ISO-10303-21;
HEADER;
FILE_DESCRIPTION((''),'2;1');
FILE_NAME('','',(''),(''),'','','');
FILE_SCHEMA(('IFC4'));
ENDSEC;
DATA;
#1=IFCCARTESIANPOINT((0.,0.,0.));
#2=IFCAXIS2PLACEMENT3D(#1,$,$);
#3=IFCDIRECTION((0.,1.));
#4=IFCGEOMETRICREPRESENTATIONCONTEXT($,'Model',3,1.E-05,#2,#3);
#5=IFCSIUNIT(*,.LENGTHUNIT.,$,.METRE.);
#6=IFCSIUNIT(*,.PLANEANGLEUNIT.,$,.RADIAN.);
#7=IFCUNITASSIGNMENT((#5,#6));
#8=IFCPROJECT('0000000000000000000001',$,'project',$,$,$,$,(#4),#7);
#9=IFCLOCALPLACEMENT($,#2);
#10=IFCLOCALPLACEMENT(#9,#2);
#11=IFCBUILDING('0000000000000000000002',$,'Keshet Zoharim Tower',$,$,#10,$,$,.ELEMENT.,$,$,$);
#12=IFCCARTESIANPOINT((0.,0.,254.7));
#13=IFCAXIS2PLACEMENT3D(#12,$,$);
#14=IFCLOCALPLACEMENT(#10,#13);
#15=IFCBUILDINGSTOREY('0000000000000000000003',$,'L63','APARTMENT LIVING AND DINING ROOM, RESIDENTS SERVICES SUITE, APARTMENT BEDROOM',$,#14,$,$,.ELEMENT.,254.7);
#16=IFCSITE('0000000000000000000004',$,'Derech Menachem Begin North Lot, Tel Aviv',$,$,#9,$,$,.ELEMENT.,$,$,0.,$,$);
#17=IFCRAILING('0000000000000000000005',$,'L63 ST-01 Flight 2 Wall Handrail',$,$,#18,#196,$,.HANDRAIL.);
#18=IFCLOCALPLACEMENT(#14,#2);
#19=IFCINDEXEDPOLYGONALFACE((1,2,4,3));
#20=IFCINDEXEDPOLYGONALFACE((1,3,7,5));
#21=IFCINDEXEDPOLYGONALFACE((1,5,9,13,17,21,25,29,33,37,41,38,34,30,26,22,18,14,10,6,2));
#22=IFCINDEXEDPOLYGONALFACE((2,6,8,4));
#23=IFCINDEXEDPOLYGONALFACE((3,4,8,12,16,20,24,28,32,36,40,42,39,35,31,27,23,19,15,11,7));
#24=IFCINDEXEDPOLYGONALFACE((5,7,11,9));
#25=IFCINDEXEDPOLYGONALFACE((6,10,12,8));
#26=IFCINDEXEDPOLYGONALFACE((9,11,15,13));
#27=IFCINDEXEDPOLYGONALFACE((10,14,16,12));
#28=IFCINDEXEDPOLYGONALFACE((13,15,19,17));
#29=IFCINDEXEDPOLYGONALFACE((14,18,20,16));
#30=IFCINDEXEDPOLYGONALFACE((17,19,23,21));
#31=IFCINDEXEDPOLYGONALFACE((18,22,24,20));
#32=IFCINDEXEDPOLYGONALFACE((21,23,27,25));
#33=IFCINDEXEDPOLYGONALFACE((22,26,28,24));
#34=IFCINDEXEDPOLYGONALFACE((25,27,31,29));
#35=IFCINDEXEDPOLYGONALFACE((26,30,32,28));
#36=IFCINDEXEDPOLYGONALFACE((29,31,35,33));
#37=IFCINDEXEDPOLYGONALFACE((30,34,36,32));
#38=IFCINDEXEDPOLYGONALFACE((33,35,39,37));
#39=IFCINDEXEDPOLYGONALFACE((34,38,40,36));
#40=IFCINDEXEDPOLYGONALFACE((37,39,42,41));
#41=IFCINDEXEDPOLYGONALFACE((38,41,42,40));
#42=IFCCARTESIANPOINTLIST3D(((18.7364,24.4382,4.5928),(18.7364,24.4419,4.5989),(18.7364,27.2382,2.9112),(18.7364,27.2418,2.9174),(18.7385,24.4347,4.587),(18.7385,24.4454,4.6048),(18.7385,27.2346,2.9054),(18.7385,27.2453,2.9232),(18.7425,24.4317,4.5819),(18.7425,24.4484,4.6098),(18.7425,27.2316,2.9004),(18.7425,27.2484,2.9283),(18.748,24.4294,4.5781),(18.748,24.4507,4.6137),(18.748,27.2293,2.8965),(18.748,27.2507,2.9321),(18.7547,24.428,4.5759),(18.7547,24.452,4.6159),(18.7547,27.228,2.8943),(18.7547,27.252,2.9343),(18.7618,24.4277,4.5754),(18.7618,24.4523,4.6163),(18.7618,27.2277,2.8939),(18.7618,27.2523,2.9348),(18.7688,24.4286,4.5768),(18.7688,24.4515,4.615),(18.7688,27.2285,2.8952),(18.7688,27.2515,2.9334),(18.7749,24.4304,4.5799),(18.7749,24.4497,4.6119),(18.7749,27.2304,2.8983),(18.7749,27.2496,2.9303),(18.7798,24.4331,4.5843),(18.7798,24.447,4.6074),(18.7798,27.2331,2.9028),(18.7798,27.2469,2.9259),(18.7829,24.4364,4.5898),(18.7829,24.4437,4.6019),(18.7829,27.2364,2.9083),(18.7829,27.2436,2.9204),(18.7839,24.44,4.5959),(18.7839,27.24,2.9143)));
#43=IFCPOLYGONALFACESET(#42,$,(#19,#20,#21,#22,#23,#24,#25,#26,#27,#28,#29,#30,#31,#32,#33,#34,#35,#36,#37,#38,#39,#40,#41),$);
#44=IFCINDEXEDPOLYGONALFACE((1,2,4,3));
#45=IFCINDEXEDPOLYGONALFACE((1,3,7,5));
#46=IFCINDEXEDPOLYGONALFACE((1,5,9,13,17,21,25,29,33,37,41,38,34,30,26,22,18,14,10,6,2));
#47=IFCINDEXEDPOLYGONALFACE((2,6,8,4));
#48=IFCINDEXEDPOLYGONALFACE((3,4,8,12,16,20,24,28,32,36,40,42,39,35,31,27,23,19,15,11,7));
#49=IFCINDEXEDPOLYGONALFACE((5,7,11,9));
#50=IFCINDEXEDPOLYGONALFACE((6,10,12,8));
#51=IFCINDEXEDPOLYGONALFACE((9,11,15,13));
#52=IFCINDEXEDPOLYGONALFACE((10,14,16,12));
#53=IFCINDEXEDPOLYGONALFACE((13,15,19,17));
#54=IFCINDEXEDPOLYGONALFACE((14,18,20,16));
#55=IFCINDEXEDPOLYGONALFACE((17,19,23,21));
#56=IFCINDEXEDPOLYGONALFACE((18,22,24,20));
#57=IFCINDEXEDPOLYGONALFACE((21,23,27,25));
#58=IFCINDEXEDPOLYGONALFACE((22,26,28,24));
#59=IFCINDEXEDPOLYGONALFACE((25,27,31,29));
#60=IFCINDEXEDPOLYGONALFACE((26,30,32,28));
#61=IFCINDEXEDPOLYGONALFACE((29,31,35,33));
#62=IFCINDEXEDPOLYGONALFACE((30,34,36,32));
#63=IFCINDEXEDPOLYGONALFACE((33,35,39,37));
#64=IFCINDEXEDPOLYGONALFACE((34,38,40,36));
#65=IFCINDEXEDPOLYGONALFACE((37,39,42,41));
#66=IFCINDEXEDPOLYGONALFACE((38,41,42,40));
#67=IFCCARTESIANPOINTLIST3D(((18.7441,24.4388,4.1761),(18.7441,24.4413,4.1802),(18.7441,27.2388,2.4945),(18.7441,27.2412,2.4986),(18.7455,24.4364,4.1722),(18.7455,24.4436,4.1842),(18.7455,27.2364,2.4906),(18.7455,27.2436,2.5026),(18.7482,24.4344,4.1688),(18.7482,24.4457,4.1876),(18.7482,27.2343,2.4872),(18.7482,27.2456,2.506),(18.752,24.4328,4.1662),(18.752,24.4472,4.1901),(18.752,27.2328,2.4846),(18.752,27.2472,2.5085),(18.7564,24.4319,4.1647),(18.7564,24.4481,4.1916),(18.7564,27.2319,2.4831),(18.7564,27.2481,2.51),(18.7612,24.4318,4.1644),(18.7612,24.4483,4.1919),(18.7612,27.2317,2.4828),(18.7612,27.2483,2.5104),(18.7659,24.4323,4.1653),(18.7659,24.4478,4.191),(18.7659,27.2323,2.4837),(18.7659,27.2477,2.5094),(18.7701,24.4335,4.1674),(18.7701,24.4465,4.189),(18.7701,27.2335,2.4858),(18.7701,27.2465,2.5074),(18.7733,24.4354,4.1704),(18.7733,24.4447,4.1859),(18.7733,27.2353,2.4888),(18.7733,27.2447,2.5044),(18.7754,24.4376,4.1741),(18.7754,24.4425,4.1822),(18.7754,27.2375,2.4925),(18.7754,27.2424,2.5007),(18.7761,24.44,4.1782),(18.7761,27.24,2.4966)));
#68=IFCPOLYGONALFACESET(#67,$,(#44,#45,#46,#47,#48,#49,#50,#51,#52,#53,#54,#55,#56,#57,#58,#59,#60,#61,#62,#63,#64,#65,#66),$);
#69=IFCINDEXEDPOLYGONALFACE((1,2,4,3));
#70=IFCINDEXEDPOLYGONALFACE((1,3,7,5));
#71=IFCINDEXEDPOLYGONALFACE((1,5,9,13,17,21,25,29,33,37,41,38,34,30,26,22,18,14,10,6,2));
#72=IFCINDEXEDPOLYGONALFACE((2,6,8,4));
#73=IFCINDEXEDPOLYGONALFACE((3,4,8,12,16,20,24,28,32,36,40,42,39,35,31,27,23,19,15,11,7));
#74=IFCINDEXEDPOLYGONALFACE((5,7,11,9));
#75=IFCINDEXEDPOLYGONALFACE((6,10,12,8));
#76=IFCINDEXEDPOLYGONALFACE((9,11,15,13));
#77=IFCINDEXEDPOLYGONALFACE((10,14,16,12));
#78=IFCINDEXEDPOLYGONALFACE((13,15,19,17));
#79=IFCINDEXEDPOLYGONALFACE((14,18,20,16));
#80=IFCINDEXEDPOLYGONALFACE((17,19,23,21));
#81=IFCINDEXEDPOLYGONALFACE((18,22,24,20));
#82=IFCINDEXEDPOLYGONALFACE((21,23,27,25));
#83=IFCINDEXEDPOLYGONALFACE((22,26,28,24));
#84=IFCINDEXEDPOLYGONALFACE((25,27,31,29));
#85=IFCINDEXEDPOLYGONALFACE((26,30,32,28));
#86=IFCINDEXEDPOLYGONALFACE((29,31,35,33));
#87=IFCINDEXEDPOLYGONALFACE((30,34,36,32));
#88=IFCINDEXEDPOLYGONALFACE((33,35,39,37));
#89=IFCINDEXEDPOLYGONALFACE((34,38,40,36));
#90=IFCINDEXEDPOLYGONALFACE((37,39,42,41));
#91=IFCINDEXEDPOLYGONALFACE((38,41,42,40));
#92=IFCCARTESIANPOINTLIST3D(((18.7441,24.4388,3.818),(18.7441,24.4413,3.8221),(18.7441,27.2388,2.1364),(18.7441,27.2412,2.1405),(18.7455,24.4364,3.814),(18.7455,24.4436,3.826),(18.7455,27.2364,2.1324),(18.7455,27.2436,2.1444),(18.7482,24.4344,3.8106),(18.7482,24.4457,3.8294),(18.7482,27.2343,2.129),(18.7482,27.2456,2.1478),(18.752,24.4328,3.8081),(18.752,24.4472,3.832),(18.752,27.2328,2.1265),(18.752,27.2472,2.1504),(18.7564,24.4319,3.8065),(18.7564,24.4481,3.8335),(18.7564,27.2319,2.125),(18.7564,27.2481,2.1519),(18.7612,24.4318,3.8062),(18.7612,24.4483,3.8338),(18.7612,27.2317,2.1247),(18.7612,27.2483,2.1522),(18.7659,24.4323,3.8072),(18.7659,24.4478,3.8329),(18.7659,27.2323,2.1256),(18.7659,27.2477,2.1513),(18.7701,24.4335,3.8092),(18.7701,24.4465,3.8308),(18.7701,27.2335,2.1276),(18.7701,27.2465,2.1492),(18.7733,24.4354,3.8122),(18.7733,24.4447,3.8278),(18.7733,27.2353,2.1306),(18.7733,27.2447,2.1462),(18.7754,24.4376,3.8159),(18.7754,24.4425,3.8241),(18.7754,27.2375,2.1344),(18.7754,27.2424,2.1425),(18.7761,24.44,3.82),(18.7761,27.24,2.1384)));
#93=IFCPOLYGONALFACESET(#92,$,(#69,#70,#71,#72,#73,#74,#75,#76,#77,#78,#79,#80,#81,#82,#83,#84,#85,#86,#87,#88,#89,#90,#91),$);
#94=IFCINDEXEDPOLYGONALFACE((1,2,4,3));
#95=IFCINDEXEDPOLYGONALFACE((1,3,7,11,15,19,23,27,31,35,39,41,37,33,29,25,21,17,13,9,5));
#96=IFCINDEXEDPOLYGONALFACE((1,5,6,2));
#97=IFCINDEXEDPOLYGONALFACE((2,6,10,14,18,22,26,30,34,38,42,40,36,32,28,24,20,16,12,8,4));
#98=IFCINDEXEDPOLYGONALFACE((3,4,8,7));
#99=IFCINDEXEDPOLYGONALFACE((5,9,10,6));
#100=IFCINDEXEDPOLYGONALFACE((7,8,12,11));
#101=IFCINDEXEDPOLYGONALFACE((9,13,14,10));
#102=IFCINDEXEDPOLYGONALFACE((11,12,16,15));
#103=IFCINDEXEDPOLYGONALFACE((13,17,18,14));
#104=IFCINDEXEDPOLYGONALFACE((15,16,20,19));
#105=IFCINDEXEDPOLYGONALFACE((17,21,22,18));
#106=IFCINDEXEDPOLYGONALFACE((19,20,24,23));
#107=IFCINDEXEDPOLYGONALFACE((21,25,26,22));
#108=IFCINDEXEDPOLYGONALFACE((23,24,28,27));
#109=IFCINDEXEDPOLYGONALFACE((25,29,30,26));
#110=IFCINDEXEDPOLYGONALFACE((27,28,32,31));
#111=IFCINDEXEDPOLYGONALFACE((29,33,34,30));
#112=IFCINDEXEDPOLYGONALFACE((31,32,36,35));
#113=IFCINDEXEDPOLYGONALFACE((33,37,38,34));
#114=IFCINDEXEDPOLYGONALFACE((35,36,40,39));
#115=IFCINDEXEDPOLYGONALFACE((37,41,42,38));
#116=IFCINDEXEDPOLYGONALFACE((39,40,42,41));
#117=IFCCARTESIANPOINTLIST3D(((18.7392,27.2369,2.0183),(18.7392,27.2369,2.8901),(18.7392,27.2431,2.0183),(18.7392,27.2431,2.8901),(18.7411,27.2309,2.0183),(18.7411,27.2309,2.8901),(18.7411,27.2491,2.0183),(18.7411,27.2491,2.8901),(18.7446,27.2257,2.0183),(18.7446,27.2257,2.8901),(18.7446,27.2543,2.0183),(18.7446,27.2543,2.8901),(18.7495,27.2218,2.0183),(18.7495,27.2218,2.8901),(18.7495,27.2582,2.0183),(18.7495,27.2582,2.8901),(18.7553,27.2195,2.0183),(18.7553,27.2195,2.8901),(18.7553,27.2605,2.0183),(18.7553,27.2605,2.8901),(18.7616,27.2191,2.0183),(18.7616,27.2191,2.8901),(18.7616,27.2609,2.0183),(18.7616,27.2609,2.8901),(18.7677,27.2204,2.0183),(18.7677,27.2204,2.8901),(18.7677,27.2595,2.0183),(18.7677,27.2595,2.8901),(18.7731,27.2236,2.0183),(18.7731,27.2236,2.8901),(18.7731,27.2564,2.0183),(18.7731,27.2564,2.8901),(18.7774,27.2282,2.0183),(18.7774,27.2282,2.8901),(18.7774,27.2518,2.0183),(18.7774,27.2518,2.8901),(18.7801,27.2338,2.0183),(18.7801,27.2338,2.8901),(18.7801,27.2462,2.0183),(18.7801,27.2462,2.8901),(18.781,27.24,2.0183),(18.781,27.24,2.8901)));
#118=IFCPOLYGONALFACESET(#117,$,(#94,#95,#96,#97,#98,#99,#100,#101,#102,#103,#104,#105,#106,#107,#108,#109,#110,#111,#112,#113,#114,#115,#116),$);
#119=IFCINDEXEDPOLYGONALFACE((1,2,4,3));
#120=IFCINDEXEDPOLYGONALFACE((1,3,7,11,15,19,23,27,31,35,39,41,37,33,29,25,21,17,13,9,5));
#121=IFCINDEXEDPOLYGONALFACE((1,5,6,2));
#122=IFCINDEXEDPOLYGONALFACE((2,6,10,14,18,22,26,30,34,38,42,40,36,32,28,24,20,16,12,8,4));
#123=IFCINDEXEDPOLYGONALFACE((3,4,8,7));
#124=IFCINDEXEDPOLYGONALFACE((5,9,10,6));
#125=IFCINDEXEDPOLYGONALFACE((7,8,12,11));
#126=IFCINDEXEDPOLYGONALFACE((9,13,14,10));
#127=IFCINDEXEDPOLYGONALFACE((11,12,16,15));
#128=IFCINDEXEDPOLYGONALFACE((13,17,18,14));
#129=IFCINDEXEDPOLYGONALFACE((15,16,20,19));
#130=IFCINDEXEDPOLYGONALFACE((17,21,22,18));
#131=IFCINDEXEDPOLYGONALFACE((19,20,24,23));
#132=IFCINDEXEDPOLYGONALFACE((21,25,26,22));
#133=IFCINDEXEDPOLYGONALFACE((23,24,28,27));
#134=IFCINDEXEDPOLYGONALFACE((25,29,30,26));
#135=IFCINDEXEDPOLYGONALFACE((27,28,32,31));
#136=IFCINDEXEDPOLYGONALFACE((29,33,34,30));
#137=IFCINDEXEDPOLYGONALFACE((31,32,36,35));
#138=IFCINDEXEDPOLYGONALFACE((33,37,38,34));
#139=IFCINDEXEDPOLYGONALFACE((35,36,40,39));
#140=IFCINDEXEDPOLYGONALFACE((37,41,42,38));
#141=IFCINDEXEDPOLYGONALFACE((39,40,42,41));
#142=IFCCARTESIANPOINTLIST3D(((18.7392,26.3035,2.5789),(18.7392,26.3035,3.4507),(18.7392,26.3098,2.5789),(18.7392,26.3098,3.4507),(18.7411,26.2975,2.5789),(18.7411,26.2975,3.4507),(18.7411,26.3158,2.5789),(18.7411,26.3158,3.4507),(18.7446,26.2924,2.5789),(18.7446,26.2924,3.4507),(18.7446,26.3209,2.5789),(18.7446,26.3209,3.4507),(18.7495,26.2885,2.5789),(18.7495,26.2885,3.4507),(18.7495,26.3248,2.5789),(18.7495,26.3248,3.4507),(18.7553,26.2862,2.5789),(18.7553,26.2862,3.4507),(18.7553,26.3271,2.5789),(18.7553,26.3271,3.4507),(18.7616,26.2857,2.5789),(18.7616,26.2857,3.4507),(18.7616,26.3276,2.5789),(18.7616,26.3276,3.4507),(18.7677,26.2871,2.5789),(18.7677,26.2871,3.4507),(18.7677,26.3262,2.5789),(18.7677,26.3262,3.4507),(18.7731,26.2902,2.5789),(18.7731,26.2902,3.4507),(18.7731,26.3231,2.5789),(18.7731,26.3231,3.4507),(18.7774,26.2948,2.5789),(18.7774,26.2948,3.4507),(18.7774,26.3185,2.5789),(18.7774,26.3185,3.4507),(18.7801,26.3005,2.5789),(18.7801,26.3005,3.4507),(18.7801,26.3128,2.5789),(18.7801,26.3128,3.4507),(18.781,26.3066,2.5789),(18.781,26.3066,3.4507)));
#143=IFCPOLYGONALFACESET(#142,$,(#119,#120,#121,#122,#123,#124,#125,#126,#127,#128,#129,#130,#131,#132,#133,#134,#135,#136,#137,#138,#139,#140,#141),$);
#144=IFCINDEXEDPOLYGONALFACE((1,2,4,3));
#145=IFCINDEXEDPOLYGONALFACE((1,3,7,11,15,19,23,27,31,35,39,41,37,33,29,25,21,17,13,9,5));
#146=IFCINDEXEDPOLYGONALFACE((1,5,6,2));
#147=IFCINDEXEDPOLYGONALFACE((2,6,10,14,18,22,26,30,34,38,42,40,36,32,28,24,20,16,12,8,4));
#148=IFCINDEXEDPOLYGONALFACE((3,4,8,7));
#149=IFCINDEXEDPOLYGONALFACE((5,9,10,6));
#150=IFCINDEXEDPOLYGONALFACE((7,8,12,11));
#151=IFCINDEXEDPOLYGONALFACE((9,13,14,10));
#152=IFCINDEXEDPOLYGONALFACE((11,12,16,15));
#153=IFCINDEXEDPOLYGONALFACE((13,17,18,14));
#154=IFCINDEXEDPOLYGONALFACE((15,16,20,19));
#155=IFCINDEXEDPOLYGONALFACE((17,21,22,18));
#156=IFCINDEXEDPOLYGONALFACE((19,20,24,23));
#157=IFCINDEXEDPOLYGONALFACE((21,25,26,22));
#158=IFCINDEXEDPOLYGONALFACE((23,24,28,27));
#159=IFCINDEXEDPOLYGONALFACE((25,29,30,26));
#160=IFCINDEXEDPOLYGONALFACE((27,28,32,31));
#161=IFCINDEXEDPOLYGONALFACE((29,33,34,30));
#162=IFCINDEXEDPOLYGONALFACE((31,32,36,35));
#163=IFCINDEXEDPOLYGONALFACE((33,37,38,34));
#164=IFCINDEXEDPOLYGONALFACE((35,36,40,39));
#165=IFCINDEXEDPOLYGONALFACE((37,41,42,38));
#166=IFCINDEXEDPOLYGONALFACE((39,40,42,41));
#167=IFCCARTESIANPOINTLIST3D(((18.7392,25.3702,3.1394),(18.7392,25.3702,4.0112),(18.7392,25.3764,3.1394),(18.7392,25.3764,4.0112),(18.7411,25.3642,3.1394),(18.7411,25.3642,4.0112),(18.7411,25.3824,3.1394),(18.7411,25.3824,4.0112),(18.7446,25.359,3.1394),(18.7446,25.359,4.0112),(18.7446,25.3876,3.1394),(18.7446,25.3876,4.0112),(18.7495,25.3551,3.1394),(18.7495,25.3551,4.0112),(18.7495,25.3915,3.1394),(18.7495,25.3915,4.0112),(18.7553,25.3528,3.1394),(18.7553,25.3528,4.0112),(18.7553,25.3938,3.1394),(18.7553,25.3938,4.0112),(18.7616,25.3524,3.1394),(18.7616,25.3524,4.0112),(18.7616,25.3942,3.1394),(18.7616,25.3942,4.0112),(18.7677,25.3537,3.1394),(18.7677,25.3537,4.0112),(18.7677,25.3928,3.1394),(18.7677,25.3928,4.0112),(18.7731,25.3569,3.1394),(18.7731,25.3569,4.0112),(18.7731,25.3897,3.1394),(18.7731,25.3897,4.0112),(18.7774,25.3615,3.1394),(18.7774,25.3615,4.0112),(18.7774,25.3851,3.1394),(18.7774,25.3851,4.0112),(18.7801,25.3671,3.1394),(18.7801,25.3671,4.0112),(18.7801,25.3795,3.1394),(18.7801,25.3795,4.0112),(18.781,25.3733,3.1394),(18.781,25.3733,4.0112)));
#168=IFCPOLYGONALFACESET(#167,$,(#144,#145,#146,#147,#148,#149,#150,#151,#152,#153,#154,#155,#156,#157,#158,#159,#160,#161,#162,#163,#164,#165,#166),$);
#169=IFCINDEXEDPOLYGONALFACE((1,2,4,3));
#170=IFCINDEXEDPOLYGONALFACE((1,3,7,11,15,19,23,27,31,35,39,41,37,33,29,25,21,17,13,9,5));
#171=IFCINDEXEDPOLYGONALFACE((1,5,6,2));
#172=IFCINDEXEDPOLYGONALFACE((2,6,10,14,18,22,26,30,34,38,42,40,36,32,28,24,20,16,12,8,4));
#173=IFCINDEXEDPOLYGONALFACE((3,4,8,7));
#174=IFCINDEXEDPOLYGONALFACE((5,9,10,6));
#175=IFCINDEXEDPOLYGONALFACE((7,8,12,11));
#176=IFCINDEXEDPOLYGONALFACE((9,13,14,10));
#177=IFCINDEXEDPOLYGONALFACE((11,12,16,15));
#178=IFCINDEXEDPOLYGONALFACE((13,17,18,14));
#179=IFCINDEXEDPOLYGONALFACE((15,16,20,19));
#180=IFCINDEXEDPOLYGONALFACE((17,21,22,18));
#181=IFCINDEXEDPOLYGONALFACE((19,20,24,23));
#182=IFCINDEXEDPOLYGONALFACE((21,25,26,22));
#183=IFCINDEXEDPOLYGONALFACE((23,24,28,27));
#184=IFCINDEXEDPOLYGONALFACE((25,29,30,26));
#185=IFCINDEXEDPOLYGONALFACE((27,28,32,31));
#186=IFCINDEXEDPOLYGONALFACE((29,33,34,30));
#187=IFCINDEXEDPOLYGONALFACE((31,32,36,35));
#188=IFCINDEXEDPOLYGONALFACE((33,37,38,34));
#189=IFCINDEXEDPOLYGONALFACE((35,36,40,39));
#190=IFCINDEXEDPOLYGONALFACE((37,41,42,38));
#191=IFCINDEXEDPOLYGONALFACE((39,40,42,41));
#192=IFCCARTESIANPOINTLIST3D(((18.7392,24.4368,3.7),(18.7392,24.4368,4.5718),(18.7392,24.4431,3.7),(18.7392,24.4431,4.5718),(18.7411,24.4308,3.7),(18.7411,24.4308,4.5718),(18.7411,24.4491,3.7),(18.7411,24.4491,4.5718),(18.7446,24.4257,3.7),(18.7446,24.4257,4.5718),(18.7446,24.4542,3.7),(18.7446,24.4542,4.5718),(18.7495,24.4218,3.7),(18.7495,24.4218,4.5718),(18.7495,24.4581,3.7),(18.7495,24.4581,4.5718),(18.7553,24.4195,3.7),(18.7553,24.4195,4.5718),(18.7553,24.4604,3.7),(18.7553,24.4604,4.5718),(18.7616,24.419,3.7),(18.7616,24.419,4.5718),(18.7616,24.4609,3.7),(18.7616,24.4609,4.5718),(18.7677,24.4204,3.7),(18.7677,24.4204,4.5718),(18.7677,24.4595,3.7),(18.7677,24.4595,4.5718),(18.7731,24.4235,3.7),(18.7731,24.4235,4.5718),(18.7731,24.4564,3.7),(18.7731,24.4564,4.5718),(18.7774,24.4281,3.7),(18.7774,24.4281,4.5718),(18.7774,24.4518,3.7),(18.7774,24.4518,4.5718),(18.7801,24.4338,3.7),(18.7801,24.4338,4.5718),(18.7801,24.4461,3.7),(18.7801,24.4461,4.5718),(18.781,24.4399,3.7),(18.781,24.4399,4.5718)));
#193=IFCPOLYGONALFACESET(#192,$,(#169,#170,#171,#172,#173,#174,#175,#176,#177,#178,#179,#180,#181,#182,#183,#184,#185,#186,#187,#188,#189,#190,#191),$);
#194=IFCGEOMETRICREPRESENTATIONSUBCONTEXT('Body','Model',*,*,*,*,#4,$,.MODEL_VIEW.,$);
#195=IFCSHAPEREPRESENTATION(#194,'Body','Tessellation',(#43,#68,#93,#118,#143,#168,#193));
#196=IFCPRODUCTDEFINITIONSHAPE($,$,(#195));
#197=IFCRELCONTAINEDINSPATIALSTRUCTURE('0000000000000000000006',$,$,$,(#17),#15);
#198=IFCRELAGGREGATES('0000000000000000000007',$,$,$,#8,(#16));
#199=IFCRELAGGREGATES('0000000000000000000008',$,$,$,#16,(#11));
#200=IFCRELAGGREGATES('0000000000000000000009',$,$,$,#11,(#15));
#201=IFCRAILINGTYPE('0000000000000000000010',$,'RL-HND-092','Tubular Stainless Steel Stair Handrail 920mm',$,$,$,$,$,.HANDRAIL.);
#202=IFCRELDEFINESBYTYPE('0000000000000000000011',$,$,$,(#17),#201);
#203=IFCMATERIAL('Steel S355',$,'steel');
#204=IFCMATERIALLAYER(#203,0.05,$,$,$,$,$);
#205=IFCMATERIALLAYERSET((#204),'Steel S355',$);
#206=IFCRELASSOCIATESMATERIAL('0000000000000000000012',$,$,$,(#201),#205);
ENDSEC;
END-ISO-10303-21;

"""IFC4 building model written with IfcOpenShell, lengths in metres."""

from ifc_helpers import new_model, si_unit, direction, frame, origin, origin_2d, place, context, subcontext, project, spatial, circle, extrude, material, layer, layer_set, type_object, element, save


model = new_model("IFC4")

# Units and contexts
model_context = context("Model", 3, precision=1e-05, world=origin(), true_north=direction((0.0, 1.0)))
body_context = subcontext(model_context, "Body", "Model", "MODEL_VIEW")
ifc_project = project(units=[si_unit("LENGTHUNIT", "METRE"), si_unit("PLANEANGLEUNIT", "RADIAN")], contexts=[model_context])

# Site, building, storey
site_placement = place(None, origin())
site = spatial("IfcSite", under=ifc_project, at=site_placement, Name="Derech Menachem Begin North Lot, Tel Aviv", CompositionType="ELEMENT", RefElevation=0.0)
building_placement = place(site_placement, origin())
building = spatial("IfcBuilding", under=site, at=building_placement, Name="Keshet Zoharim Tower", CompositionType="ELEMENT")
storey_placement = place(building_placement, frame((0.0, 0.0, 254.7)))
storey = spatial("IfcBuildingStorey", under=building, at=storey_placement, Name="L63", Description="APARTMENT LIVING AND DINING ROOM, RESIDENTS SERVICES SUITE, APARTMENT BEDROOM", CompositionType="ELEMENT", Elevation=254.7)

# Shared definitions
ifc_material_1 = material(Name="Steel S355", Category="steel")

# Railing
ifc_layer_1 = layer(ifc_material_1, 0.05)
ifc_layer_set_1 = layer_set([ifc_layer_1], Name="Steel S355")
railing_type_1 = type_object("IfcRailingType", Name="RL-HND-092", Description="Tubular Stainless Steel Stair Handrail 920mm", PredefinedType="HANDRAIL", material=ifc_layer_set_1)
railing_1_placement = place(storey_placement, frame((18.76, 27.24, 2.0183)))
element("IfcRailing", 1, at=railing_1_placement, inside=storey, type_object=railing_type_1, Name="L63 ST-01 Flight 2 Wall Handrail", PredefinedType="HANDRAIL", context=body_context, shape_type="SweptSolid", body=[
    extrude(circle(Radius=0.0239, at=origin_2d()), frame((0.0, 0.0, 0.896), z_axis=(0.0, -0.857275, 0.514858), x_axis=(1.0, 0.0, 0.0)), (0.0, 0.0, 1.0), 3.2661),
    extrude(circle(Radius=0.0161, at=origin_2d()), frame((0.0, 0.0, 0.4783), z_axis=(0.0, -0.857275, 0.514858), x_axis=(1.0, 0.0, 0.0)), (0.0, 0.0, 1.0), 3.2661),
    extrude(circle(Radius=0.0161, at=origin_2d()), frame((0.0, 0.0, 0.1201), z_axis=(0.0, -0.857275, 0.514858), x_axis=(1.0, 0.0, 0.0)), (0.0, 0.0, 1.0), 3.2661),
    extrude(circle(Radius=0.021, at=origin_2d()), origin(), (0.0, 0.0, 1.0), 0.8718),
    extrude(circle(Radius=0.021, at=origin_2d()), frame((0.0, -0.9333, 0.5605)), (0.0, 0.0, 1.0), 0.8718),
    extrude(circle(Radius=0.021, at=origin_2d()), frame((0.0, -1.8667, 1.1211)), (0.0, 0.0, 1.0), 0.8718),
    extrude(circle(Radius=0.021, at=origin_2d()), frame((0.0, -2.8, 1.6816)), (0.0, 0.0, 1.0), 0.8718),
])

save(model, "model.ifc")
